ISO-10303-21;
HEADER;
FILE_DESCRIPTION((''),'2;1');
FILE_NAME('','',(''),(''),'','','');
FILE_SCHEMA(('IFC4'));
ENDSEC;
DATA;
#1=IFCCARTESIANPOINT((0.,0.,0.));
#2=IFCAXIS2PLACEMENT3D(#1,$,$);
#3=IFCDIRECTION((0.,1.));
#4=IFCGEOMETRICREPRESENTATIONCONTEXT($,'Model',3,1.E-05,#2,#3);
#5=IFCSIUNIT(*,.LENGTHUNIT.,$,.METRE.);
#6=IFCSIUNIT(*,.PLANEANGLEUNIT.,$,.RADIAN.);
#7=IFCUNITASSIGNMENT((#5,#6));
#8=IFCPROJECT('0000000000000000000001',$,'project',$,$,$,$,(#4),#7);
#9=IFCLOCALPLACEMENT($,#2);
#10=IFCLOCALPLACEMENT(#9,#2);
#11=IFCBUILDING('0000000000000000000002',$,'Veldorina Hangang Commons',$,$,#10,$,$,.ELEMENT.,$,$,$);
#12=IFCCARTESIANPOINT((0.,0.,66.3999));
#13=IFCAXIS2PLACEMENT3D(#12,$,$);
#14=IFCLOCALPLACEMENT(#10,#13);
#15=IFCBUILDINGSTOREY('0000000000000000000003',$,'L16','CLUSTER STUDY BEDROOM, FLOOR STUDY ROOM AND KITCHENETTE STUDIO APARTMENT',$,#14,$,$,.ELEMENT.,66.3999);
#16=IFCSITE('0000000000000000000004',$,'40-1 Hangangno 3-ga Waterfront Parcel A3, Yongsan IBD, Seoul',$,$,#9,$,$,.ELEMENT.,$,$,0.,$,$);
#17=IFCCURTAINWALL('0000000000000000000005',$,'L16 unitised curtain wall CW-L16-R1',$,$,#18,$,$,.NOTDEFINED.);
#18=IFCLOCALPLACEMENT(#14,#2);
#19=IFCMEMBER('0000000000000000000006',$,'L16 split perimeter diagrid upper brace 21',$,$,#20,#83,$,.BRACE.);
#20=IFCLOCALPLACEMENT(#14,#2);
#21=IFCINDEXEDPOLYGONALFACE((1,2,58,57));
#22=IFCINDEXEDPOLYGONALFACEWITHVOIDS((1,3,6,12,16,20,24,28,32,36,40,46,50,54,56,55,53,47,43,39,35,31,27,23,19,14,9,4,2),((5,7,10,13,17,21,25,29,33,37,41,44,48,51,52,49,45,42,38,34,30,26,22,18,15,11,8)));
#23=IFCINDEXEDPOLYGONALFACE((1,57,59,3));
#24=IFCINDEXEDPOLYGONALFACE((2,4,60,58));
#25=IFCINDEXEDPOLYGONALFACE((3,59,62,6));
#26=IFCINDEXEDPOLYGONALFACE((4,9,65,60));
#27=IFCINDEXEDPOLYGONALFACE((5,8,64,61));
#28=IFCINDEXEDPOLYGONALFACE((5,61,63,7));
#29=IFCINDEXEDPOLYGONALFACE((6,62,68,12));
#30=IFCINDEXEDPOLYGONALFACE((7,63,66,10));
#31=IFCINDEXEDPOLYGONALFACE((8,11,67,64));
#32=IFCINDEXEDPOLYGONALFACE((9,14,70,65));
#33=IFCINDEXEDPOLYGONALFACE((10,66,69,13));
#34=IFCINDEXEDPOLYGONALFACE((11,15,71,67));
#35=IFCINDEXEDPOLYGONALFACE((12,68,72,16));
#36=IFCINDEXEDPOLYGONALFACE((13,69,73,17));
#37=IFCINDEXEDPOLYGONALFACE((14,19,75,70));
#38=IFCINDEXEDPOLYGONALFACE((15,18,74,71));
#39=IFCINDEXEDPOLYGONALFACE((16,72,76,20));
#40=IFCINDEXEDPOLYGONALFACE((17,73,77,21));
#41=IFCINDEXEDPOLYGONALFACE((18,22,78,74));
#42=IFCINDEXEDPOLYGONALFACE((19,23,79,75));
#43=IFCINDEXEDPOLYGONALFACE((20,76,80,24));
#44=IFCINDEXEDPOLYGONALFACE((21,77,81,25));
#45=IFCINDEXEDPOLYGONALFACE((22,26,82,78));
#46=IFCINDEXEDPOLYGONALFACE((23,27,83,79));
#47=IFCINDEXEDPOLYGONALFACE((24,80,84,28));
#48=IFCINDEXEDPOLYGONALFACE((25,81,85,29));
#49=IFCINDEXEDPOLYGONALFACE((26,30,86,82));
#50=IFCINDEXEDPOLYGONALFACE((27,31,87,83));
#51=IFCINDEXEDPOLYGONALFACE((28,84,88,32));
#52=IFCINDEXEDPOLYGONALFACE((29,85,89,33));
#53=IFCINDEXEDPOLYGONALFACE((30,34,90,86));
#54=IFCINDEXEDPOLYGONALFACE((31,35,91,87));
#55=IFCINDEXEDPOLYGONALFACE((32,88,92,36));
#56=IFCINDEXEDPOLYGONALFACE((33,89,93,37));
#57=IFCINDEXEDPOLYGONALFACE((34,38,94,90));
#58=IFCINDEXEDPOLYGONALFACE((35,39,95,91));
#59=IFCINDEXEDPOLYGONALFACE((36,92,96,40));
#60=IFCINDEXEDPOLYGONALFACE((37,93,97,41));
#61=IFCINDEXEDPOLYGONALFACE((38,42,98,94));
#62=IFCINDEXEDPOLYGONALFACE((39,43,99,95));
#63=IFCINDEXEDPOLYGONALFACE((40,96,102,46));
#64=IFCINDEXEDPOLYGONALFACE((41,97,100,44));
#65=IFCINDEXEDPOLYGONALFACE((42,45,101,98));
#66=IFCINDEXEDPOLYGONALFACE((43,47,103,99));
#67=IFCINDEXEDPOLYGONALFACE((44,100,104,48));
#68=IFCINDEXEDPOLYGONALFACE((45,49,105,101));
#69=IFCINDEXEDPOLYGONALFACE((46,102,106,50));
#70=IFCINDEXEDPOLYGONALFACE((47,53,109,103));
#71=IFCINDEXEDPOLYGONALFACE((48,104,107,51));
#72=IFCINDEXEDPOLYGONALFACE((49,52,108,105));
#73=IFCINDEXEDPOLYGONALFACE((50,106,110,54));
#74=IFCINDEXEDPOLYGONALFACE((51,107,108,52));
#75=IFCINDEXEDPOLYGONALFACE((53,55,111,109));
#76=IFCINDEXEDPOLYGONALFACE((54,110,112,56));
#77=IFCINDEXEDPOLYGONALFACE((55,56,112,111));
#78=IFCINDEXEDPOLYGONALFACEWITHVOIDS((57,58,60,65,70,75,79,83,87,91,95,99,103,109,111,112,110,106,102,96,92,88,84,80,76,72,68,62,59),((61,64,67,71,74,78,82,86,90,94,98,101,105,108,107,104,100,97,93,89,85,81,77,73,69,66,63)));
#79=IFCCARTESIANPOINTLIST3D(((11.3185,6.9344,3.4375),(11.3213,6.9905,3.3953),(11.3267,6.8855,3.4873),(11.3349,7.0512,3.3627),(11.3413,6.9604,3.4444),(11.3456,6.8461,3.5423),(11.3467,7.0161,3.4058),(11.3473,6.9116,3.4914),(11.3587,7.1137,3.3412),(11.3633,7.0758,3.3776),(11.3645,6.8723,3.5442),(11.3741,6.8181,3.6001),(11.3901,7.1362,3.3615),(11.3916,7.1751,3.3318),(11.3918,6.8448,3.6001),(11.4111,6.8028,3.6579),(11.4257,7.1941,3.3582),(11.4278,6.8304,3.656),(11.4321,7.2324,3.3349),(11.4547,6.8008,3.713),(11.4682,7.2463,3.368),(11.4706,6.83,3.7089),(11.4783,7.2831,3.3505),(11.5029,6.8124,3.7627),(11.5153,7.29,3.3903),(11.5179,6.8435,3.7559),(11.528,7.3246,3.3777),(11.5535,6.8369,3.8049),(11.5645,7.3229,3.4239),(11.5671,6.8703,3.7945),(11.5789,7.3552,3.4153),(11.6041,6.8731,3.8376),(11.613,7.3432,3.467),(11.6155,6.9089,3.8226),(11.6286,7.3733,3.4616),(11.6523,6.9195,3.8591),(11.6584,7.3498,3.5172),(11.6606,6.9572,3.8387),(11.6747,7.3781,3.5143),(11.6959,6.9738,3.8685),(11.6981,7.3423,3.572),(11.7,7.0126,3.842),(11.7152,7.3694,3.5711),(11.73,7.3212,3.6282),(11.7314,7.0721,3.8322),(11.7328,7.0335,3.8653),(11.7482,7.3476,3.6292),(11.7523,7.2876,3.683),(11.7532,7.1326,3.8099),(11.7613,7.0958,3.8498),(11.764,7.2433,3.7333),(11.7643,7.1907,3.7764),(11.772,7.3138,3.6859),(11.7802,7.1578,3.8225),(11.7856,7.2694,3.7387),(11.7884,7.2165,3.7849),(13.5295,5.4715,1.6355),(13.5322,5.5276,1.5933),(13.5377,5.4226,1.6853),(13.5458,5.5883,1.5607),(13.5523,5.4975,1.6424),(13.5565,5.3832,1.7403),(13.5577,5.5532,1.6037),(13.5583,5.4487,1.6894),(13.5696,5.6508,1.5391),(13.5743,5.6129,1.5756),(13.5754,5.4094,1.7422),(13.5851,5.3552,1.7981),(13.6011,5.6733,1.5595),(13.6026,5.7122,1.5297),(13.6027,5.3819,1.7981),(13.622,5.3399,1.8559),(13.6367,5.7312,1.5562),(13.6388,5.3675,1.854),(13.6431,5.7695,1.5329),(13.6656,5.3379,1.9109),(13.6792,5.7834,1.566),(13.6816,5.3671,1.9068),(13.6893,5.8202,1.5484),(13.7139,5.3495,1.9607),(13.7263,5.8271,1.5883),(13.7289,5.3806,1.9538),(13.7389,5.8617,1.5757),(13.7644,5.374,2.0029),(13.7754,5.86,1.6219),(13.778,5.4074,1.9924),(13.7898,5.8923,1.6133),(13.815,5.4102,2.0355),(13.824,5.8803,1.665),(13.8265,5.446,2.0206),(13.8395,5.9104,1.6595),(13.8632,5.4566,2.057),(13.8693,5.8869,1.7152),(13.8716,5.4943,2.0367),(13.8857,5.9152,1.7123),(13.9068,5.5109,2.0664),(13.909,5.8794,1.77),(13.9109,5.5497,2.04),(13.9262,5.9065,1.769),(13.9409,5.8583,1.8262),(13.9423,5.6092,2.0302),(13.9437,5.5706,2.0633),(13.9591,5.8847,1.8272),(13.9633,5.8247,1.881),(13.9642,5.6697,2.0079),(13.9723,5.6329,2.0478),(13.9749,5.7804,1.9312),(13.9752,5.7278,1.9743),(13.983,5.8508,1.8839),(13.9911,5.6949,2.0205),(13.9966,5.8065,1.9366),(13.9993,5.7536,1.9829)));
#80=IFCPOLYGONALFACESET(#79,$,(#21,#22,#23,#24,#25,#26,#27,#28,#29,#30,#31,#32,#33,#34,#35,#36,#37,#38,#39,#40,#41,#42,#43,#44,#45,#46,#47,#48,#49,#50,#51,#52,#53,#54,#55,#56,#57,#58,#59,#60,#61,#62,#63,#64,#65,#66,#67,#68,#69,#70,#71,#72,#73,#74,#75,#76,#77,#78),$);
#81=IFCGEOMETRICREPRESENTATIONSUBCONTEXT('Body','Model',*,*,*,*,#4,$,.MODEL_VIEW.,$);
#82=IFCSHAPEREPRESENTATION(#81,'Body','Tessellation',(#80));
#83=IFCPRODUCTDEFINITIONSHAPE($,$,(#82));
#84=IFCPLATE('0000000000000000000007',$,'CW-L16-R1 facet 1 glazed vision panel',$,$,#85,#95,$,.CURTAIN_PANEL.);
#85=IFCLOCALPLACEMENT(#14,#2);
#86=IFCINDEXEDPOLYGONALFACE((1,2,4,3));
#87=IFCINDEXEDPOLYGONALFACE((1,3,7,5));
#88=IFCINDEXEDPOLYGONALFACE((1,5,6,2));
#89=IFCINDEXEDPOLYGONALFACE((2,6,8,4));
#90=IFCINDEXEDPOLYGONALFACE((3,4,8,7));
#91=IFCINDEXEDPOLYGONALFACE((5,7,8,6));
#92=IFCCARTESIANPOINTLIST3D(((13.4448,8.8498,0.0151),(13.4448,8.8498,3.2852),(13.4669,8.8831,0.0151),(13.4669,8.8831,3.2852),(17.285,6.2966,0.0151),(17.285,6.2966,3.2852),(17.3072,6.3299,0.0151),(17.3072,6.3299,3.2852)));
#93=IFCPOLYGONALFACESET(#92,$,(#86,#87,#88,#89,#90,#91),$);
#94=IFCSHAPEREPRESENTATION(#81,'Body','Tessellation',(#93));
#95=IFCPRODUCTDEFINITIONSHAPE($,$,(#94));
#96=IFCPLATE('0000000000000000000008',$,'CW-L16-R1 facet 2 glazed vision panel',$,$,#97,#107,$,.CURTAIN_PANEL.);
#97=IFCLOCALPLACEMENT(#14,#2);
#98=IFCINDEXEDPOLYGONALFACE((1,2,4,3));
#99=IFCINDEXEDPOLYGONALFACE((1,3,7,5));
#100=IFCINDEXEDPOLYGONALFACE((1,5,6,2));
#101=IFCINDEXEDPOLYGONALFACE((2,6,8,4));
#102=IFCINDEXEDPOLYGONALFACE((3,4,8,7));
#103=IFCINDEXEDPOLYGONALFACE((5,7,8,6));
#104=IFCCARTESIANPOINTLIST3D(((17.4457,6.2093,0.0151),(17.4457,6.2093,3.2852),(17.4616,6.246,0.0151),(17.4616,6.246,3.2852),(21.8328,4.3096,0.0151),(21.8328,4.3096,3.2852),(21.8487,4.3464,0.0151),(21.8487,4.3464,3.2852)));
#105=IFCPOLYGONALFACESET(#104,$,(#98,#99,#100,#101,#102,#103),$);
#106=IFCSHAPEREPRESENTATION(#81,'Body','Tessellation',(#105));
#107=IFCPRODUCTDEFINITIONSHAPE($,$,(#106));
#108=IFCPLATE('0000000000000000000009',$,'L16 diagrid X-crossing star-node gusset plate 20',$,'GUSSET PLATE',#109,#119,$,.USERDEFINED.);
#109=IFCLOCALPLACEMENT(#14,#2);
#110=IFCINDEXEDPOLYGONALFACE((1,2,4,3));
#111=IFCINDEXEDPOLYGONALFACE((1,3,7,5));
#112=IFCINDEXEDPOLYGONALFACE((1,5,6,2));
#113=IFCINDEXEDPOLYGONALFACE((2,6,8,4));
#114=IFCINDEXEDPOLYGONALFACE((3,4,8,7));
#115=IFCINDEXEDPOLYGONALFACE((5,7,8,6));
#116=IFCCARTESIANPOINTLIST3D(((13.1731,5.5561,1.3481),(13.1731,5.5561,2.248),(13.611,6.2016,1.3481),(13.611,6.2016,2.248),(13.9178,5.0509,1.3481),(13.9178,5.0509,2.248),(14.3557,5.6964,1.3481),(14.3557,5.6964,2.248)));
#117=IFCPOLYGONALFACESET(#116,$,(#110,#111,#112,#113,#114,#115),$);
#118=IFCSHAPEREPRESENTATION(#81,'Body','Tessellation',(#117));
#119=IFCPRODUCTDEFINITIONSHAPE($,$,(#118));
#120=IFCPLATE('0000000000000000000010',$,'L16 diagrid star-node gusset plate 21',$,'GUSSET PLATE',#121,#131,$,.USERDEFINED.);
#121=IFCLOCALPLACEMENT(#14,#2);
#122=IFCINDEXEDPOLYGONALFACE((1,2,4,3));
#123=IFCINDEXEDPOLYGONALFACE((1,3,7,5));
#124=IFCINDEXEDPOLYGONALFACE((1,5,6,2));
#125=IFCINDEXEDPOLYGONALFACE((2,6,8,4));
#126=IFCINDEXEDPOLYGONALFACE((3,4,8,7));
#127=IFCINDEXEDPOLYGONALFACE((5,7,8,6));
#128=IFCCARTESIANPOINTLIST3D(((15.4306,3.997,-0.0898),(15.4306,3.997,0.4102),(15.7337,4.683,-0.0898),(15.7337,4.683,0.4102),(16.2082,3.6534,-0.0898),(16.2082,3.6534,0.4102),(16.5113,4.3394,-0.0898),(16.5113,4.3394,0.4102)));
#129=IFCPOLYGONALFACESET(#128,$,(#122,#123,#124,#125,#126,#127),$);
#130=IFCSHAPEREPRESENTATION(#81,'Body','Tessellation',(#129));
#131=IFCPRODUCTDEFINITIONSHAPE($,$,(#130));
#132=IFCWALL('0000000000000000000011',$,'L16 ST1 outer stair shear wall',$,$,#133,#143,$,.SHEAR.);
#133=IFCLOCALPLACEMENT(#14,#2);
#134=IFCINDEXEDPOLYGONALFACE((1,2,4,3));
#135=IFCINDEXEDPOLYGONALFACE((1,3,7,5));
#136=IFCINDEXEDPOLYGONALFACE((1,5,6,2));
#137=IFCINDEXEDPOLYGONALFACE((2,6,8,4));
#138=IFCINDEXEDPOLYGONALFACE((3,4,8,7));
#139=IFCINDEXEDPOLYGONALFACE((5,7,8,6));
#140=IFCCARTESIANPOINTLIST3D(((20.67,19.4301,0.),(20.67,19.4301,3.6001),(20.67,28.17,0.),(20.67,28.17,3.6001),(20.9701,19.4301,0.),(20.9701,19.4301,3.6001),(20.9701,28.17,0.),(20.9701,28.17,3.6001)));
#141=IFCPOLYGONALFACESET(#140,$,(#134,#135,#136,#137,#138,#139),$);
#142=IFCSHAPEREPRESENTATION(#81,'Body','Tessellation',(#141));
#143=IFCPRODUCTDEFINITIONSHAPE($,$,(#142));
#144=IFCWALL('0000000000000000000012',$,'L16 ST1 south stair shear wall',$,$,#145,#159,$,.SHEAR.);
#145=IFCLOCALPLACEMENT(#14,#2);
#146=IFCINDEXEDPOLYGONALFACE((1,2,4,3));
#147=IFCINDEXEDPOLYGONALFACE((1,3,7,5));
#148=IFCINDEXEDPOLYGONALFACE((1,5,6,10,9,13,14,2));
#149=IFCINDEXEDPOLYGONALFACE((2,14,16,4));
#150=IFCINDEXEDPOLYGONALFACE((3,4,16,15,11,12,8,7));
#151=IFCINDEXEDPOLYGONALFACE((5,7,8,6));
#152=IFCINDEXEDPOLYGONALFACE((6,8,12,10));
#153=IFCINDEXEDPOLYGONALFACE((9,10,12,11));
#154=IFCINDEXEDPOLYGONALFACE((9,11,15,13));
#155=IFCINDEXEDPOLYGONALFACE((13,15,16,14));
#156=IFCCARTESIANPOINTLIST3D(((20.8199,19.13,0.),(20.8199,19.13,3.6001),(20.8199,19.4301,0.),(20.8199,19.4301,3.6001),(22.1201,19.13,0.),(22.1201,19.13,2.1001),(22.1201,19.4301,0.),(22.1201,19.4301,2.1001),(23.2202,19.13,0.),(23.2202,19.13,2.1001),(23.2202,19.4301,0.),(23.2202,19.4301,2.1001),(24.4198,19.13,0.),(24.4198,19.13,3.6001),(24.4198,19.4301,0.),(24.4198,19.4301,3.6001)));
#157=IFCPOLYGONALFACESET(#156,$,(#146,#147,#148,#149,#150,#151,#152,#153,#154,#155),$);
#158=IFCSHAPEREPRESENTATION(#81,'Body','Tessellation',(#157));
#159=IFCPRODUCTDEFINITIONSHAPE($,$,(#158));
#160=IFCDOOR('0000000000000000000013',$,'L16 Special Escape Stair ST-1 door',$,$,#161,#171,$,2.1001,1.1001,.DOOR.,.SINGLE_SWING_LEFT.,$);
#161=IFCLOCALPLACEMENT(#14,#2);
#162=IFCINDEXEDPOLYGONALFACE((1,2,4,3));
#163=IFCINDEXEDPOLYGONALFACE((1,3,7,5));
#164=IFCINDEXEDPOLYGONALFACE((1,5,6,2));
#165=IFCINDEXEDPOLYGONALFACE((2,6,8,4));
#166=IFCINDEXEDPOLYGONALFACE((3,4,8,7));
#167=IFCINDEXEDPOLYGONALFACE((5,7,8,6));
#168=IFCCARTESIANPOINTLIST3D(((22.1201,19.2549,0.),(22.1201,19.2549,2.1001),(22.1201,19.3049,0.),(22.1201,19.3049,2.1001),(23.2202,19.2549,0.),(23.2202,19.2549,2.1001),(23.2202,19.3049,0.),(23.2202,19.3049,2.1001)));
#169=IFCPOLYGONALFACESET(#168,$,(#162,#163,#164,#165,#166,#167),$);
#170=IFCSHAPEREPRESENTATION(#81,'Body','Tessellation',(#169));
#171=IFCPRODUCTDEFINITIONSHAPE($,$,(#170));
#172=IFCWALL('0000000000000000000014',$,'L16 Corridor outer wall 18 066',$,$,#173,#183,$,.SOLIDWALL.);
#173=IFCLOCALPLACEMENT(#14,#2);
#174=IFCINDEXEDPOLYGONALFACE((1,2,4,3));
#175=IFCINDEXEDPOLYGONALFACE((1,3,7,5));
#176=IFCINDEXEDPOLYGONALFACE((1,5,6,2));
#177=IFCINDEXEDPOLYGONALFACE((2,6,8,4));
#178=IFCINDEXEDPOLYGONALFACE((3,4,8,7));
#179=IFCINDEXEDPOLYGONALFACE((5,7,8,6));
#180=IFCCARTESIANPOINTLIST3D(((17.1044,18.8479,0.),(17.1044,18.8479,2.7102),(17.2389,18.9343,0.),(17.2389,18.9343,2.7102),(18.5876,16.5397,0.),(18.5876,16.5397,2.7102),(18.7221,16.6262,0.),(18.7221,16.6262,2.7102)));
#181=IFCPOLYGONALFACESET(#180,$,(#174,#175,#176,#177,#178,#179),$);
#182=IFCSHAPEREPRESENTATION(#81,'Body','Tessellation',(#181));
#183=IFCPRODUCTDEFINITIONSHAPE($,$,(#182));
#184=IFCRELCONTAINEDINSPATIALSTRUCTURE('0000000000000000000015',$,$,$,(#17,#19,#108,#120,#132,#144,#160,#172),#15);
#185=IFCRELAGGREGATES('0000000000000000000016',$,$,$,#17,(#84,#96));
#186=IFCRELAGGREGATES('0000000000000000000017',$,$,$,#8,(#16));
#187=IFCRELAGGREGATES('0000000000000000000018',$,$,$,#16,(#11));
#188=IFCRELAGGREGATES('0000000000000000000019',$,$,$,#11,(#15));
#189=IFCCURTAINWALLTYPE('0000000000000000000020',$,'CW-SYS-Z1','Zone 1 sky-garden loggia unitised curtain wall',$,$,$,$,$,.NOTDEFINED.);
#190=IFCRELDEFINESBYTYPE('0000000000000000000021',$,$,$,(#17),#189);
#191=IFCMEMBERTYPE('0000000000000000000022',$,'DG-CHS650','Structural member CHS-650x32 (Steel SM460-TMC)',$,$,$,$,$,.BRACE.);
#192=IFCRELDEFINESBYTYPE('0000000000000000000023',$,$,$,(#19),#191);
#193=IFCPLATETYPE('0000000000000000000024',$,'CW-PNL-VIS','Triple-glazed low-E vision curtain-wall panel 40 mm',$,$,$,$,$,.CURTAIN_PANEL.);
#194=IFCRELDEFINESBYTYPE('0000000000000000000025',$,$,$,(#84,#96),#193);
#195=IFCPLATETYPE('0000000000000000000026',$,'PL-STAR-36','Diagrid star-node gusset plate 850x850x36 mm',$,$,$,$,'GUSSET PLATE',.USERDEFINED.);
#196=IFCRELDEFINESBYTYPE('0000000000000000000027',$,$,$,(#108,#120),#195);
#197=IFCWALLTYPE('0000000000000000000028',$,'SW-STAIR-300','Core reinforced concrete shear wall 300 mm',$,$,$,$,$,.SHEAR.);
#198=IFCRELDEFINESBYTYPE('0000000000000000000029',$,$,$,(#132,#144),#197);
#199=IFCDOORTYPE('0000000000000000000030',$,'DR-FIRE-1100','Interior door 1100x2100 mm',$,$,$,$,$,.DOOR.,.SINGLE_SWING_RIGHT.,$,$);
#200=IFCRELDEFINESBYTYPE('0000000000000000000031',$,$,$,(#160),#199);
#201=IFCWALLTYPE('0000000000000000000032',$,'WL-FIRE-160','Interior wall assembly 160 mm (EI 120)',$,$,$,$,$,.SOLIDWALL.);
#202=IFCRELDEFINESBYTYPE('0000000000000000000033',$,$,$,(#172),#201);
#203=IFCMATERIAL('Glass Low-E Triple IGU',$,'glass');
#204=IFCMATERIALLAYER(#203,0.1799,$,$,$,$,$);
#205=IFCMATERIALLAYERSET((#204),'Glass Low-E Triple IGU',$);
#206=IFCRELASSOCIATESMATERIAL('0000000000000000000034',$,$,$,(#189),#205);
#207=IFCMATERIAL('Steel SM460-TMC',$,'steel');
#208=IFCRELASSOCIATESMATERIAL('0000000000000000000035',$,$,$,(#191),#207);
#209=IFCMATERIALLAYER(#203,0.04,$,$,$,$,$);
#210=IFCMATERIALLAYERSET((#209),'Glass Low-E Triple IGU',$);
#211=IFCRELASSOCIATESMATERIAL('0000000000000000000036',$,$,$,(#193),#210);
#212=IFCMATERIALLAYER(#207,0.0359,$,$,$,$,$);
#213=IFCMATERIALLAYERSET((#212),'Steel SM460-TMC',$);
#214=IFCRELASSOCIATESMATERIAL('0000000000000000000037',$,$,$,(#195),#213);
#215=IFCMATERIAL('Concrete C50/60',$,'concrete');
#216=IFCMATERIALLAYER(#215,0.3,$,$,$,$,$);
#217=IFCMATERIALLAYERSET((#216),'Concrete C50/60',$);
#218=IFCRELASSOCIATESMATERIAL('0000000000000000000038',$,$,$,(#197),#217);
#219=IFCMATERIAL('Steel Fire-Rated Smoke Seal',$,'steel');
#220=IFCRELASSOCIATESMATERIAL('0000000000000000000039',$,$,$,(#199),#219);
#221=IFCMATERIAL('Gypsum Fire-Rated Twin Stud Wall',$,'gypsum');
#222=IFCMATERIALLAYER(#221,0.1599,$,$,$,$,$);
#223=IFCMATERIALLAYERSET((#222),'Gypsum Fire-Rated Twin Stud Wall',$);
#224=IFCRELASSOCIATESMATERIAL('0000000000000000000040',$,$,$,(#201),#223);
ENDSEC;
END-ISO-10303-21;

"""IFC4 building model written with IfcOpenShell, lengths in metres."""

from ifc_helpers import new_model, si_unit, direction, frame, frame_2d, origin, origin_2d, place, context, subcontext, project, spatial, rectangle, hollow_circle, extrude, material, layer, layer_set, material_profile, profile_set, type_object, element, fill, aggregate, save


model = new_model("IFC4")

# Units and contexts
model_context = context("Model", 3, precision=1e-05, world=origin(), true_north=direction((0.0, 1.0)))
body_context = subcontext(model_context, "Body", "Model", "MODEL_VIEW")
ifc_project = project(units=[si_unit("LENGTHUNIT", "METRE"), si_unit("PLANEANGLEUNIT", "RADIAN")], contexts=[model_context])

# Site, building, storey
site_placement = place(None, origin())
site = spatial("IfcSite", under=ifc_project, at=site_placement, Name="40-1 Hangangno 3-ga Waterfront Parcel A3, Yongsan IBD, Seoul", CompositionType="ELEMENT", RefElevation=0.0)
building_placement = place(site_placement, origin())
building = spatial("IfcBuilding", under=site, at=building_placement, Name="Veldorina Hangang Commons", CompositionType="ELEMENT")
storey_placement = place(building_placement, frame((0.0, 0.0, 66.3999)))
storey = spatial("IfcBuildingStorey", under=building, at=storey_placement, Name="L16", Description="CLUSTER STUDY BEDROOM, FLOOR STUDY ROOM AND KITCHENETTE STUDIO APARTMENT", CompositionType="ELEMENT", Elevation=66.3999)

# Curtain wall
ifc_material_1 = material(Name="Glass Low-E Triple IGU", Category="glass")
ifc_layer_1 = layer(ifc_material_1, 0.1799)
ifc_layer_set_1 = layer_set([ifc_layer_1], Name="Glass Low-E Triple IGU")
curtain_wall_type = type_object("IfcCurtainWallType", Name="CW-SYS-Z1", Description="Zone 1 sky-garden loggia unitised curtain wall", PredefinedType="NOTDEFINED", material=ifc_layer_set_1)
curtain_wall_placement = place(storey_placement, origin())
curtain_wall = element("IfcCurtainWall", 1, at=curtain_wall_placement, inside=storey, type_object=curtain_wall_type, Name="L16 unitised curtain wall CW-L16-R1", PredefinedType="NOTDEFINED")

# Member
ifc_material_2 = material(Name="Steel SM460-TMC", Category="steel")
ifc_material_profile_1 = material_profile(ifc_material_2, hollow_circle(Radius=0.325, WallThickness=0.032, at=origin_2d()), Name="CHS-650x32")
ifc_profile_set_1 = profile_set([ifc_material_profile_1], Name="Steel SM460-TMC")
member_type_1 = type_object("IfcMemberType", Name="DG-CHS650", Description="Structural member CHS-650x32 (Steel SM460-TMC)", PredefinedType="BRACE", material=ifc_profile_set_1)
member_1_placement = place(storey_placement, frame((13.7644, 5.6262, 1.7981), z_axis=(-0.689723, 0.456363, 0.562152), x_axis=(-0.551807, -0.833972, 0.0)))
element("IfcMember", 2, at=member_1_placement, inside=storey, type_object=member_type_1, Name="L16 split perimeter diagrid upper brace 21", PredefinedType="BRACE", context=body_context, shape_type="SweptSolid", body=[
    extrude(hollow_circle(Radius=0.325, WallThickness=0.032, at=origin_2d()), origin(), (0.0, 0.0, 1.0), 3.2056),
])

# Plates
ifc_layer_2 = layer(ifc_material_1, 0.04)
ifc_layer_set_2 = layer_set([ifc_layer_2], Name="Glass Low-E Triple IGU")
plate_type_1 = type_object("IfcPlateType", Name="CW-PNL-VIS", Description="Triple-glazed low-E vision curtain-wall panel 40 mm", PredefinedType="CURTAIN_PANEL", material=ifc_layer_set_2)
plate_1_placement = place(storey_placement, frame((15.376, 7.5898, 0.0151), z_axis=(0.0, 0.0, 1.0), x_axis=(0.832747, -0.553653, 0.0)))
plate_1 = element("IfcPlate", 3, at=plate_1_placement, type_object=plate_type_1, Name="CW-L16-R1 facet 1 glazed vision panel", PredefinedType="CURTAIN_PANEL", context=body_context, shape_type="SweptSolid", body=[
    extrude(rectangle(XDim=4.6116, YDim=0.04, at=origin_2d()), origin(), (0.0, 0.0, 1.0), 3.27),
])
plate_2_placement = place(storey_placement, frame((19.6472, 5.2778, 0.0151), z_axis=(0.0, 0.0, 1.0), x_axis=(0.917664, -0.397356, 0.0)))
plate_2 = element("IfcPlate", 4, at=plate_2_placement, type_object=plate_type_1, Name="CW-L16-R1 facet 2 glazed vision panel", PredefinedType="CURTAIN_PANEL", context=body_context, shape_type="SweptSolid", body=[
    extrude(rectangle(XDim=4.7808, YDim=0.04, at=origin_2d()), origin(), (0.0, 0.0, 1.0), 3.27),
])
aggregate(curtain_wall, [plate_1, plate_2])

# Plates
ifc_layer_3 = layer(ifc_material_2, 0.0359)
ifc_layer_set_3 = layer_set([ifc_layer_3], Name="Steel SM460-TMC")
plate_type_2 = type_object("IfcPlateType", Name="PL-STAR-36", Description="Diagrid star-node gusset plate 850x850x36 mm", ElementType="GUSSET PLATE", PredefinedType="USERDEFINED", material=ifc_layer_set_3)
plate_3_placement = place(storey_placement, frame((13.7644, 5.6262, 1.3481), z_axis=(0.0, 0.0, 1.0), x_axis=(0.827532, -0.561419, 0.0)))
element("IfcPlate", 5, at=plate_3_placement, inside=storey, type_object=plate_type_2, Name="L16 diagrid X-crossing star-node gusset plate 20", ObjectType="GUSSET PLATE", PredefinedType="USERDEFINED", context=body_context, shape_type="SweptSolid", body=[
    extrude(rectangle(XDim=0.8999, YDim=0.78, at=origin_2d()), origin(), (0.0, 0.0, 1.0), 0.8999),
])
plate_4_placement = place(storey_placement, frame((15.9709, 4.1682, -0.0898), z_axis=(0.0, 0.0, 1.0), x_axis=(0.914678, -0.404184, 0.0)))
element("IfcPlate", 6, at=plate_4_placement, inside=storey, type_object=plate_type_2, Name="L16 diagrid star-node gusset plate 21", ObjectType="GUSSET PLATE", PredefinedType="USERDEFINED", context=body_context, shape_type="SweptSolid", body=[
    extrude(rectangle(XDim=0.8501, YDim=0.75, at=origin_2d()), origin(), (0.0, 0.0, 1.0), 0.5),
])

# Wall
ifc_material_3 = material(Name="Concrete C50/60", Category="concrete")
ifc_layer_4 = layer(ifc_material_3, 0.3)
ifc_layer_set_4 = layer_set([ifc_layer_4], Name="Concrete C50/60")
wall_type_1 = type_object("IfcWallType", Name="SW-STAIR-300", Description="Core reinforced concrete shear wall 300 mm", PredefinedType="SHEAR", material=ifc_layer_set_4)
wall_1_placement = place(storey_placement, frame((20.8201, 19.4299, 0.0), z_axis=(0.0, 0.0, 1.0), x_axis=(0.0, 1.0, 0.0)))
element("IfcWall", 7, at=wall_1_placement, inside=storey, type_object=wall_type_1, Name="L16 ST1 outer stair shear wall", PredefinedType="SHEAR", context=body_context, shape_type="SweptSolid", body=[
    extrude(rectangle(XDim=8.74, YDim=0.3, at=frame_2d((4.3701, 0.0))), origin(), (0.0, 0.0, 1.0), 3.6001),
])

# Wall, opening, door
wall_2_placement = place(storey_placement, frame((20.8201, 19.28, 0.0), z_axis=(0.0, 0.0, 1.0), x_axis=(1.0, 0.0, 0.0)))
wall_2 = element("IfcWall", 8, at=wall_2_placement, inside=storey, type_object=wall_type_1, Name="L16 ST1 south stair shear wall", PredefinedType="SHEAR", context=body_context, shape_type="SweptSolid", body=[
    extrude(rectangle(XDim=3.5999, YDim=0.3, at=frame_2d((1.7998, 0.0))), origin(), (0.0, 0.0, 1.0), 3.6001),
])
opening_1_placement = place(wall_2_placement, frame((1.3, 0.0, 0.0)))
opening_1 = element("IfcOpeningElement", 9, at=opening_1_placement, cuts=wall_2, PredefinedType="OPENING", context=body_context, shape_type="SweptSolid", body=[
    extrude(rectangle(XDim=1.1001, YDim=2.1001, at=frame_2d((0.55, 1.05))), frame((0.0, 0.1602, 0.0), z_axis=(0.0, -1.0, 0.0), x_axis=(1.0, 0.0, 0.0)), (0.0, 0.0, 1.0), 0.3201),
])
ifc_material_4 = material(Name="Steel Fire-Rated Smoke Seal", Category="steel")
door_type_1 = type_object("IfcDoorType", Name="DR-FIRE-1100", Description="Interior door 1100x2100 mm", OperationType="SINGLE_SWING_RIGHT", PredefinedType="DOOR", material=ifc_material_4)
door_1_placement = place(opening_1_placement, origin())
door_1 = element("IfcDoor", 10, at=door_1_placement, inside=storey, type_object=door_type_1, Name="L16 Special Escape Stair ST-1 door", OperationType="SINGLE_SWING_LEFT", OverallHeight=2.1001, OverallWidth=1.1001, PredefinedType="DOOR", context=body_context, shape_type="SweptSolid", body=[
    extrude(rectangle(XDim=1.1001, YDim=2.1001, at=frame_2d((0.55, 1.05))), frame((0.0, 0.0249, 0.0), z_axis=(0.0, -1.0, 0.0), x_axis=(1.0, 0.0, 0.0)), (0.0, 0.0, 1.0), 0.05),
])
fill(opening_1, door_1)

# Wall
ifc_material_5 = material(Name="Gypsum Fire-Rated Twin Stud Wall", Category="gypsum")
ifc_layer_5 = layer(ifc_material_5, 0.1599)
ifc_layer_set_5 = layer_set([ifc_layer_5], Name="Gypsum Fire-Rated Twin Stud Wall")
wall_type_2 = type_object("IfcWallType", Name="WL-FIRE-160", Description="Interior wall assembly 160 mm (EI 120)", PredefinedType="SOLIDWALL", material=ifc_layer_set_5)
wall_3_placement = place(storey_placement, frame((17.1716, 18.8911, 0.0), z_axis=(0.0, 0.0, 1.0), x_axis=(0.540596, -0.841283, 0.0)))
element("IfcWall", 11, at=wall_3_placement, inside=storey, type_object=wall_type_2, Name="L16 Corridor outer wall 18 066", PredefinedType="SOLIDWALL", context=body_context, shape_type="SweptSolid", body=[
    extrude(rectangle(XDim=2.7437, YDim=0.1599, at=frame_2d((1.3718, 0.0))), origin(), (0.0, 0.0, 1.0), 2.7102),
])

save(model, "model.ifc")
